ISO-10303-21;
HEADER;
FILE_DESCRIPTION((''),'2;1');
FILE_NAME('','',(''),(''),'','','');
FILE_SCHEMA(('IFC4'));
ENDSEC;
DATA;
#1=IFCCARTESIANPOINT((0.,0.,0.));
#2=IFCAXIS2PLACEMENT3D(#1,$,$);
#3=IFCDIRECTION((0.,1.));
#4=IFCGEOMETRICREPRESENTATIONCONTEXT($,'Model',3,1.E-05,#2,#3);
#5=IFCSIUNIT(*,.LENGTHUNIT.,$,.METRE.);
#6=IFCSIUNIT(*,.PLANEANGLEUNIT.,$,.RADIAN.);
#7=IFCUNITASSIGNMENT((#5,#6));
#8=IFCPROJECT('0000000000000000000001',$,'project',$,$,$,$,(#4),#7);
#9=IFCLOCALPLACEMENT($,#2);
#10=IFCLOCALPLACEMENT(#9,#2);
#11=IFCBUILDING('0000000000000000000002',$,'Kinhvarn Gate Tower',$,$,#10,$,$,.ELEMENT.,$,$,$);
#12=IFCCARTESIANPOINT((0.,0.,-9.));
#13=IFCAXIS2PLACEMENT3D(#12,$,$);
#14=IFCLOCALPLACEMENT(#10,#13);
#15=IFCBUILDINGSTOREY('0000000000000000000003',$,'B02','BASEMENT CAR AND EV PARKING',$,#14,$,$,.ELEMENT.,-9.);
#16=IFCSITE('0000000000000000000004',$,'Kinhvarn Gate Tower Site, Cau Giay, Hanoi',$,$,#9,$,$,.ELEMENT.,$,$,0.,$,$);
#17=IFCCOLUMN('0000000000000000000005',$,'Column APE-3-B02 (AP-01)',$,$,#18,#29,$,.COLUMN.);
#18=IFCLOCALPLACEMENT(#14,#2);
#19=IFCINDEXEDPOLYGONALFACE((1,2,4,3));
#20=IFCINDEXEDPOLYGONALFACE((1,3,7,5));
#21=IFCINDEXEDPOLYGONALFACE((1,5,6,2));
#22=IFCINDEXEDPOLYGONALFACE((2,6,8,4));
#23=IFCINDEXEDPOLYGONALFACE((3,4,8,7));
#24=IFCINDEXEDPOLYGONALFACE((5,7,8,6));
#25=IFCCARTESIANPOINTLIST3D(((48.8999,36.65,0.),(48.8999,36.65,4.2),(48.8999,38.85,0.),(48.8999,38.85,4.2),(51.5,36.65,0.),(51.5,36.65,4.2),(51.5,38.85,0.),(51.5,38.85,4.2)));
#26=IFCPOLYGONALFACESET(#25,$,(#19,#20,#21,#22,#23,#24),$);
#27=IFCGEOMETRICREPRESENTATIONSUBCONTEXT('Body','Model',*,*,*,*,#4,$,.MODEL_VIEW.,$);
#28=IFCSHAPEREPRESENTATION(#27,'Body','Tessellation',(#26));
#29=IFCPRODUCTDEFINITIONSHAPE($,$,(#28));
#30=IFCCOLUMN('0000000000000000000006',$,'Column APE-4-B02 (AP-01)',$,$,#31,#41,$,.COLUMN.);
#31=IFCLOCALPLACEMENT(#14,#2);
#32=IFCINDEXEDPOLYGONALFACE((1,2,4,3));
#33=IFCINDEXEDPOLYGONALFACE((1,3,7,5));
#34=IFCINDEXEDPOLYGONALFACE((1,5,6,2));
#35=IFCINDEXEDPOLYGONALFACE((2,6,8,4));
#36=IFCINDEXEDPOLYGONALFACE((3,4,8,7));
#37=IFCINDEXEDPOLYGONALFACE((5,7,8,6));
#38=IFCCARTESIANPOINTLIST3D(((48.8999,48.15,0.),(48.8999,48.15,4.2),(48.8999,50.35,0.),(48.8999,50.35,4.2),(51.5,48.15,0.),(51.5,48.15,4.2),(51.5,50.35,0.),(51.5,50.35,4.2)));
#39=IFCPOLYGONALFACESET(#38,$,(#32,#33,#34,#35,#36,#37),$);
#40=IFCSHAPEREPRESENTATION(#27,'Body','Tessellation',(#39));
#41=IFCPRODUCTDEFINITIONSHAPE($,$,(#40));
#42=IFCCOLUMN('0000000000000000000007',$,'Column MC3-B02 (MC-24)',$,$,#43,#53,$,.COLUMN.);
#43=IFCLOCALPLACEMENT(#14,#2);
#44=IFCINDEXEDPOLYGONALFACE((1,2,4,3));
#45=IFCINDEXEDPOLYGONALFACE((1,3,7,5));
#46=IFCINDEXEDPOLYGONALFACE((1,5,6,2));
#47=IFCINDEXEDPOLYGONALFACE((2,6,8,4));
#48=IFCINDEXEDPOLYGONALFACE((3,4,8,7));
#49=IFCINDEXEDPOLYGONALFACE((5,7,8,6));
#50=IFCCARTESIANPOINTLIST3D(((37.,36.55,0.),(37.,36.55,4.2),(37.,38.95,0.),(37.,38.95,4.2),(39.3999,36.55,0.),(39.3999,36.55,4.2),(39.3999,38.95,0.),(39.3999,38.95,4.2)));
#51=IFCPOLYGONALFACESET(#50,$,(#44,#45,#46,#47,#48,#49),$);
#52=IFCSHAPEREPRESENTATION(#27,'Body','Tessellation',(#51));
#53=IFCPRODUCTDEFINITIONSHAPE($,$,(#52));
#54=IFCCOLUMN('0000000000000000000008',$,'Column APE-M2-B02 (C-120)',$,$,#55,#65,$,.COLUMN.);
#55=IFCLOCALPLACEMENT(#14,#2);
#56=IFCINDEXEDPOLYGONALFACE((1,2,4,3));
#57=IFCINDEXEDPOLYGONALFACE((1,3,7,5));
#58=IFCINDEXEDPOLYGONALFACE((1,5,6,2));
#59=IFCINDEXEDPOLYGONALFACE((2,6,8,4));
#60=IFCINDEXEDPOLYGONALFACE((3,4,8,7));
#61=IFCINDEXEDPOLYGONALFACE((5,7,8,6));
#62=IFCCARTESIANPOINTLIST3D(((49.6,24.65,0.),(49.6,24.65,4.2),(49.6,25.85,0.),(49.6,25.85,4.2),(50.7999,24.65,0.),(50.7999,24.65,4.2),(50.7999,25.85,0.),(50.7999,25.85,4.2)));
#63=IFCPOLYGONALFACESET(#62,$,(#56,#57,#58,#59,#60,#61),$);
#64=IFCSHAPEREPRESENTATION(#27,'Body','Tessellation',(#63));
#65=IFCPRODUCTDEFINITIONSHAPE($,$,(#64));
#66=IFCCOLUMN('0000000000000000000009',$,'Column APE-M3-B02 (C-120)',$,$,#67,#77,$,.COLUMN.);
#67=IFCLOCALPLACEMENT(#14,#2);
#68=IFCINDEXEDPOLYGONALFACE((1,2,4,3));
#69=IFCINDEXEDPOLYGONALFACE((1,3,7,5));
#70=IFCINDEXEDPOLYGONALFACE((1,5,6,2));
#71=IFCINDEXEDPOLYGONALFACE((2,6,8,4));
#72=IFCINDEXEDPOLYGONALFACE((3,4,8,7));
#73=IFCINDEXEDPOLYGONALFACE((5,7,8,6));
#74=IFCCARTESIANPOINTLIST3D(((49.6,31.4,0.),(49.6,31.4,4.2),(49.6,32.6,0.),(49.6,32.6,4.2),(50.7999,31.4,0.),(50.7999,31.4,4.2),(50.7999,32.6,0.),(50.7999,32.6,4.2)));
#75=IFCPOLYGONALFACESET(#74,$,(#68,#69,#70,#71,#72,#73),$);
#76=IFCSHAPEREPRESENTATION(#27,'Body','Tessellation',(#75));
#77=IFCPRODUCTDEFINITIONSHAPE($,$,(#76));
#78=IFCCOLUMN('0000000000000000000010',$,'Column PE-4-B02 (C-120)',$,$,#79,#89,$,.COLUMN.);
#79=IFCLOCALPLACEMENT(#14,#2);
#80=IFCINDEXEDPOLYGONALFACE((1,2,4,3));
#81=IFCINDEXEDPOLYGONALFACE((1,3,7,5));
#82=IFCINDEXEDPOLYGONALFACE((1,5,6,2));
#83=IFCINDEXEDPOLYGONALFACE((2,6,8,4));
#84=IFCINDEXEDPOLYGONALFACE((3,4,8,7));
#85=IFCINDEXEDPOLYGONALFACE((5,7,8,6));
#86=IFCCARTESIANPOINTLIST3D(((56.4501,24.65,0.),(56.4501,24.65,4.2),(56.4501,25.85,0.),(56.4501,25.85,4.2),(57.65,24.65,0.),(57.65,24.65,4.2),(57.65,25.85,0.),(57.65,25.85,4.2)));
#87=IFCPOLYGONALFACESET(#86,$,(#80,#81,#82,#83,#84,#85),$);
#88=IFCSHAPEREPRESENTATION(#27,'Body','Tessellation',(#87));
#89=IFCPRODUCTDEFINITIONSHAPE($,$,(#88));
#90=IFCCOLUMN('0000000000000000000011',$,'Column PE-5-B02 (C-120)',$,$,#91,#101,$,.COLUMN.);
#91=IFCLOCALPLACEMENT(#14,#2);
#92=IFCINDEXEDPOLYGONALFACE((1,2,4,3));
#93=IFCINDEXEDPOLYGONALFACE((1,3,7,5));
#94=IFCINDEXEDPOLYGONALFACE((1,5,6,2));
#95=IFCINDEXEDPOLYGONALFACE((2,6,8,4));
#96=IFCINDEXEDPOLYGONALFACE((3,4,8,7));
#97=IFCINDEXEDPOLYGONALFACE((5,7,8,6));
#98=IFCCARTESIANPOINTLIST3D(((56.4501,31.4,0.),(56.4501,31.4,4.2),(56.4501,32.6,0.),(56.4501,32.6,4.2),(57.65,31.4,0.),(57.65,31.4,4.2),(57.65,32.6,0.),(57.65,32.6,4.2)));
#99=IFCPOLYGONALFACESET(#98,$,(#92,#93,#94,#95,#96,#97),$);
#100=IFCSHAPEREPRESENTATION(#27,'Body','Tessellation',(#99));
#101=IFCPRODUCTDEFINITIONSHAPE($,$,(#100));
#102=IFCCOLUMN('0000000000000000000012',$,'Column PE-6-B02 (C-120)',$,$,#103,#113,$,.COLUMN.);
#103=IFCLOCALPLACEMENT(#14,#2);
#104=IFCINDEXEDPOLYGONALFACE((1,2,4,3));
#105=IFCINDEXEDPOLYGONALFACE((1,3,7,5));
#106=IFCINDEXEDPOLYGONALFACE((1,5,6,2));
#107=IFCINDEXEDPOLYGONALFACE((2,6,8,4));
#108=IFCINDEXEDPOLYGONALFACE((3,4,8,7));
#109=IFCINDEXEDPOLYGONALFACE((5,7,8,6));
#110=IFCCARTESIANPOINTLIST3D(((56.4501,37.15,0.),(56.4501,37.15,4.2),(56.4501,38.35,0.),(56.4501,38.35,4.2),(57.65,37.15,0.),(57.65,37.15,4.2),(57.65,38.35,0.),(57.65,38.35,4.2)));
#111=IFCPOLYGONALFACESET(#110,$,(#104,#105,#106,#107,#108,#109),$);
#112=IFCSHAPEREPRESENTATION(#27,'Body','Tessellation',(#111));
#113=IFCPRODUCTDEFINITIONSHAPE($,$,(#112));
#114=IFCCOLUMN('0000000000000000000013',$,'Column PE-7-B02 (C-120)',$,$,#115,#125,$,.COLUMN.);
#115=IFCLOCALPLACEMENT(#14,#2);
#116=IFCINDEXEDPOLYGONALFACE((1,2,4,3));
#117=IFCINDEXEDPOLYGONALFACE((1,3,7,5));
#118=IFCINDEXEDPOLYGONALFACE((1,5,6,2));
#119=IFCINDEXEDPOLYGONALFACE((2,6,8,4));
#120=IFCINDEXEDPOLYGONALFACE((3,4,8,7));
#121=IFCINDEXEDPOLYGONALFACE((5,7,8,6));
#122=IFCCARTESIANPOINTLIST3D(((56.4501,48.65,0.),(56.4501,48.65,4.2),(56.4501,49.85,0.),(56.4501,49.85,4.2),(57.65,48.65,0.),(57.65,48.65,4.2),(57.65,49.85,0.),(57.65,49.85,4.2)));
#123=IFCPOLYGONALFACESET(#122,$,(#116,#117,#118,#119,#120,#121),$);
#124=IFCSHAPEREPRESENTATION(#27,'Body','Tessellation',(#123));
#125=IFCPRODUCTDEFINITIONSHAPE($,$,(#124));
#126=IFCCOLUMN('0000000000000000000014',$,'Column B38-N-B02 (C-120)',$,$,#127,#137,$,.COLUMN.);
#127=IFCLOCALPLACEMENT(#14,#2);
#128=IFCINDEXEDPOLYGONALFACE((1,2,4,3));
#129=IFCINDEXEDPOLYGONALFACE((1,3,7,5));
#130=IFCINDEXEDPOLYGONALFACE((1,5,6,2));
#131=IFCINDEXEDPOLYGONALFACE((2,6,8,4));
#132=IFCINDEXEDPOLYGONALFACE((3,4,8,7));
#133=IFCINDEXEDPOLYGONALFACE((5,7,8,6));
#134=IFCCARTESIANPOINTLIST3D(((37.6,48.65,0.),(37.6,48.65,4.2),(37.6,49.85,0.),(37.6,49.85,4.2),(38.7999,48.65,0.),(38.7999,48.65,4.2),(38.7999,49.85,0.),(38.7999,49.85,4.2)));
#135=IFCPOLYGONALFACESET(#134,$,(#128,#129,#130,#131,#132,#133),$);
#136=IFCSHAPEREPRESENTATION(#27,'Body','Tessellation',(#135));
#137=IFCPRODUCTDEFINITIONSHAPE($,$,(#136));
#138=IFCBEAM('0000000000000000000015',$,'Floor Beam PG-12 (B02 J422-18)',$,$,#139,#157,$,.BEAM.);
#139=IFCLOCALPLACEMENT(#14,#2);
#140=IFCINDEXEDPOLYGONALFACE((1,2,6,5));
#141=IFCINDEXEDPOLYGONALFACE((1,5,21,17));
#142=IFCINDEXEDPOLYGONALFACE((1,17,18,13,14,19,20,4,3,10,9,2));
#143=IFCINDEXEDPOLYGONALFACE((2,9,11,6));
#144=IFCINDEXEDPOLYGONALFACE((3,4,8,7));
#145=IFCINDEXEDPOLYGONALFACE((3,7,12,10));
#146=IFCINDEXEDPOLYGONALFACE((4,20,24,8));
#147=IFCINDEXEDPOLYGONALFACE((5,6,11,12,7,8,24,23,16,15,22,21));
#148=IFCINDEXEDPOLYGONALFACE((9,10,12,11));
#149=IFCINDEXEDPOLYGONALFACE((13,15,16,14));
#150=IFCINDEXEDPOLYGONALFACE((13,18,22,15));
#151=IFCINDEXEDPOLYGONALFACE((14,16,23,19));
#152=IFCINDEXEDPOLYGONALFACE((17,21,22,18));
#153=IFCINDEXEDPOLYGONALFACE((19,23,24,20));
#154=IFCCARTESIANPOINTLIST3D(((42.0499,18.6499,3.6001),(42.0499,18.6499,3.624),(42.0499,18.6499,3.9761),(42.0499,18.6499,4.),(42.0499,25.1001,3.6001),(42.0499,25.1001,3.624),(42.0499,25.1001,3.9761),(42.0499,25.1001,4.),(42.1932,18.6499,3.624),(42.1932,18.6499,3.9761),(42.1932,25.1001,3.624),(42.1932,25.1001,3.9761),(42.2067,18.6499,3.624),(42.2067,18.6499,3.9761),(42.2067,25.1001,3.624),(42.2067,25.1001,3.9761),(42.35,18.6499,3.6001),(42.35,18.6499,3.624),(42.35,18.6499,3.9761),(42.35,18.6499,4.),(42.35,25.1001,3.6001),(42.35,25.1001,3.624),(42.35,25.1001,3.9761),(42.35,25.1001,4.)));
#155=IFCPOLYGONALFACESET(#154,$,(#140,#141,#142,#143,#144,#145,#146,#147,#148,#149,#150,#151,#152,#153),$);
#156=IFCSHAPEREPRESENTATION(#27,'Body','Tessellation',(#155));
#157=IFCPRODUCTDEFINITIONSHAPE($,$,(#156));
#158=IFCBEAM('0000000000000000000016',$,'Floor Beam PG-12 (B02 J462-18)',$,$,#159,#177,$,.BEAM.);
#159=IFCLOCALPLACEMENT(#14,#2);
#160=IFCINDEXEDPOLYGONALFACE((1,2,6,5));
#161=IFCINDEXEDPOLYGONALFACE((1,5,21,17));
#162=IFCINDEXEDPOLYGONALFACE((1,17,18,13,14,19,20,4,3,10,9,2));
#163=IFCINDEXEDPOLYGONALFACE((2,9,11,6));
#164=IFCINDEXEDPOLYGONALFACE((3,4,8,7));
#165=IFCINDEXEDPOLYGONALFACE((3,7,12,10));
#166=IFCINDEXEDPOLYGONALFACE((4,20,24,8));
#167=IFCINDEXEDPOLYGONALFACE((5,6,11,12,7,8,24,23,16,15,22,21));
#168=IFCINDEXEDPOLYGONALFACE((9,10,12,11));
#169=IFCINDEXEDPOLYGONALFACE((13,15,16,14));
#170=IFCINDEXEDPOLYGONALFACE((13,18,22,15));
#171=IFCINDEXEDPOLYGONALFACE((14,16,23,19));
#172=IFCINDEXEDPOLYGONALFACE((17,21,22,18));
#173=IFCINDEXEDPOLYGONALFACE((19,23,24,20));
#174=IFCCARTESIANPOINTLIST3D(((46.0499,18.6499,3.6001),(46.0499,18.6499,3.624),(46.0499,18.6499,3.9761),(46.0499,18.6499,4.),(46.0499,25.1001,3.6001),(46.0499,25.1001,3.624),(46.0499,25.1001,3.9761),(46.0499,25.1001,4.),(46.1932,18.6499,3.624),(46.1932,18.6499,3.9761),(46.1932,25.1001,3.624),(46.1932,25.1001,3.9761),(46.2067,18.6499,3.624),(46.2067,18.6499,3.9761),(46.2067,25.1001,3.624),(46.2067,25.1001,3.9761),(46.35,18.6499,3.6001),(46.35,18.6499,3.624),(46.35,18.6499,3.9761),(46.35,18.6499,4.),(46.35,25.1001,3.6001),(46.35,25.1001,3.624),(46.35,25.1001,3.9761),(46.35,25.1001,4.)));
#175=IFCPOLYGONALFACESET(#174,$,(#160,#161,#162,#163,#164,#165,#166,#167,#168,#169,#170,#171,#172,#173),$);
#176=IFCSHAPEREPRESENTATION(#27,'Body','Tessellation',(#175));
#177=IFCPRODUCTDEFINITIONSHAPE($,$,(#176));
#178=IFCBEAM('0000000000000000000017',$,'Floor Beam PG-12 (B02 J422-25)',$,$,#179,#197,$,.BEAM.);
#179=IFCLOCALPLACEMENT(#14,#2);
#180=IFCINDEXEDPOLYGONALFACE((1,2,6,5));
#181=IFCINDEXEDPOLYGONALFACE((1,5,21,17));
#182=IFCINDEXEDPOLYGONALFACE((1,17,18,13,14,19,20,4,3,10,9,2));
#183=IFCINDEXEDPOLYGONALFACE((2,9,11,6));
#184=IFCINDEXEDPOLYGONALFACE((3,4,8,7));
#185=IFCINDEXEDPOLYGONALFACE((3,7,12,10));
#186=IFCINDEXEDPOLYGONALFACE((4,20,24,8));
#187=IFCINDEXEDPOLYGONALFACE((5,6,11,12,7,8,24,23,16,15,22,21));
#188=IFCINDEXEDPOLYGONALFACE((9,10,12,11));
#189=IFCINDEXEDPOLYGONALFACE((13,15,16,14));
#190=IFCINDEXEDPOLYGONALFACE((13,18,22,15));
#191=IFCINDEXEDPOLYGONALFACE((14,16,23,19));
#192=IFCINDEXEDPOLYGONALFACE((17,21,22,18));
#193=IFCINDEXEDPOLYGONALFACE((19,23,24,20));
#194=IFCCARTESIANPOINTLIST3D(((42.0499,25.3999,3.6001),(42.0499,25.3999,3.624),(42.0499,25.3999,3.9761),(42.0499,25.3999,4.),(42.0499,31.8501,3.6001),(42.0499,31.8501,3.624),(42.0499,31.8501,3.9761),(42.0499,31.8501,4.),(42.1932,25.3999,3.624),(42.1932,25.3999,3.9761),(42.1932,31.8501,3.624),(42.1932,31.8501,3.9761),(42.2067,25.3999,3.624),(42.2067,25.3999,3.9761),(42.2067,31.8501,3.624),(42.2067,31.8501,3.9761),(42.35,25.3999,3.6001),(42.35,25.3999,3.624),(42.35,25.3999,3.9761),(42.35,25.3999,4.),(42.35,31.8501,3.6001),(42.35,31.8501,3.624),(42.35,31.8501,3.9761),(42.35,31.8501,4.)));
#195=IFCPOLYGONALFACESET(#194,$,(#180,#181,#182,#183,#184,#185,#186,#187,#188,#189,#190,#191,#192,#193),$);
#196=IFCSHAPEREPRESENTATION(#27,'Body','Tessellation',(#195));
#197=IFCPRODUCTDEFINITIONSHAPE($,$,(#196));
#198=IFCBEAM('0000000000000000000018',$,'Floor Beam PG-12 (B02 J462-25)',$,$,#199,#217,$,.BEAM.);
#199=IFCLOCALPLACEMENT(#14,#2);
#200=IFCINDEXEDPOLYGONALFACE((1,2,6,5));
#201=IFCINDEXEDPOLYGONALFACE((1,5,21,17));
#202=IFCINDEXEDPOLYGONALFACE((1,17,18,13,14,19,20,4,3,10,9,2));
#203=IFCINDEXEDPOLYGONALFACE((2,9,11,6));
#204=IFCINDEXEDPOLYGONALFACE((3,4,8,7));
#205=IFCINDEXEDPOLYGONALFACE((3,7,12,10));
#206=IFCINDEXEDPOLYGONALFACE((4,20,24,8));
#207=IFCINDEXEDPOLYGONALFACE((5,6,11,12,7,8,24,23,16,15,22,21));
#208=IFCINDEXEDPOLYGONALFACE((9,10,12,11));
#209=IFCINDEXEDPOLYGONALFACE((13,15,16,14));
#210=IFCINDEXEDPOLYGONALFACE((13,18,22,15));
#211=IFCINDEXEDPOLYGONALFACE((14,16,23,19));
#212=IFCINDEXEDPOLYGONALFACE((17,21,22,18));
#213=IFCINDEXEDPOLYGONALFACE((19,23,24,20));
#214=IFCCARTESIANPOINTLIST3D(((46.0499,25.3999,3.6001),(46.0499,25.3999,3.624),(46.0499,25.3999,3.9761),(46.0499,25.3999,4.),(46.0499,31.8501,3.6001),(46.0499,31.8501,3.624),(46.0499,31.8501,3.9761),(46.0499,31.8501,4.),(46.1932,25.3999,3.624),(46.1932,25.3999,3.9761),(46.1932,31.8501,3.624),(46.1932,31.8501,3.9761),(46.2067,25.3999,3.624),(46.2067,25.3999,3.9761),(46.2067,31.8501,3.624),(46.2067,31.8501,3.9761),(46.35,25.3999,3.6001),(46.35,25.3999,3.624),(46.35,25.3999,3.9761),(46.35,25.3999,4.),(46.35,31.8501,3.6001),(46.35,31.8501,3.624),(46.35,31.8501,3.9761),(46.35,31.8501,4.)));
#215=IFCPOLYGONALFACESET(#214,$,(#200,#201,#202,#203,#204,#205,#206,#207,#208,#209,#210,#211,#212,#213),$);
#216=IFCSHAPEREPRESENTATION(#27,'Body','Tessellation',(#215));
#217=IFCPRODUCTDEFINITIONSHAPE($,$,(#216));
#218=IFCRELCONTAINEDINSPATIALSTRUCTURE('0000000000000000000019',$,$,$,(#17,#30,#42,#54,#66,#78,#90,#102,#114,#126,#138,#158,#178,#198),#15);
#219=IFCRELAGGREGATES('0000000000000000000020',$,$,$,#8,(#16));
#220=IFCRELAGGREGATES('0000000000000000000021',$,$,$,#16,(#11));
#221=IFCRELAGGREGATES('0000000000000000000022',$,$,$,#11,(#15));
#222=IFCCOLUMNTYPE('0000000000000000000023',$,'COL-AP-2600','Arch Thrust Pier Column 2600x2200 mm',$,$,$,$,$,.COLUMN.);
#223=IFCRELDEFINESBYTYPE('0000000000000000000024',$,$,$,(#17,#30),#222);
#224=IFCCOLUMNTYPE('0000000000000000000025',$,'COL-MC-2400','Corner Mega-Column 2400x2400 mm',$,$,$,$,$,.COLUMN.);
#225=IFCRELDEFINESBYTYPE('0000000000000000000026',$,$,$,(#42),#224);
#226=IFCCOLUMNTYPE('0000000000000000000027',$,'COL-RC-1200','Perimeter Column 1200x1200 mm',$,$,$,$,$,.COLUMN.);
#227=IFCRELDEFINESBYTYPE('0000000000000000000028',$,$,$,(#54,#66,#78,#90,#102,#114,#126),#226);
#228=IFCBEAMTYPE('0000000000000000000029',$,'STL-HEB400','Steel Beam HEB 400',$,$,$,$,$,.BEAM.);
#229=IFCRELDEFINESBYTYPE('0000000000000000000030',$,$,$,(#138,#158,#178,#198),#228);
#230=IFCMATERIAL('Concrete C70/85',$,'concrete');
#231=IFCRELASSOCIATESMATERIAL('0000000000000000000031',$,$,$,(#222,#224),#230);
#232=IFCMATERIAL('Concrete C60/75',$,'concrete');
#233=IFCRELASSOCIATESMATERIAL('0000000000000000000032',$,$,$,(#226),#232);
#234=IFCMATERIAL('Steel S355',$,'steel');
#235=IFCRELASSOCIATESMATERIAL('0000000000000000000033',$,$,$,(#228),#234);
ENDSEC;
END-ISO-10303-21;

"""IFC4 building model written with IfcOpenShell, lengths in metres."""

from ifc_helpers import new_model, si_unit, direction, frame, origin, origin_2d, place, context, subcontext, project, spatial, rectangle, i_section, extrude, material, material_profile, profile_set, type_object, element, save


model = new_model("IFC4")

# Units and contexts
model_context = context("Model", 3, precision=1e-05, world=origin(), true_north=direction((0.0, 1.0)))
body_context = subcontext(model_context, "Body", "Model", "MODEL_VIEW")
ifc_project = project(units=[si_unit("LENGTHUNIT", "METRE"), si_unit("PLANEANGLEUNIT", "RADIAN")], contexts=[model_context])

# Site, building, storey
site_placement = place(None, origin())
site = spatial("IfcSite", under=ifc_project, at=site_placement, Name="Kinhvarn Gate Tower Site, Cau Giay, Hanoi", CompositionType="ELEMENT", RefElevation=0.0)
building_placement = place(site_placement, origin())
building = spatial("IfcBuilding", under=site, at=building_placement, Name="Kinhvarn Gate Tower", CompositionType="ELEMENT")
storey_placement = place(building_placement, frame((0.0, 0.0, -9.0)))
storey = spatial("IfcBuildingStorey", under=building, at=storey_placement, Name="B02", Description="BASEMENT CAR AND EV PARKING", CompositionType="ELEMENT", Elevation=-9.0)

# Columns
ifc_material_1 = material(Name="Concrete C70/85", Category="concrete")
ifc_material_profile_1 = material_profile(ifc_material_1, rectangle(XDim=2.6001, YDim=2.2, at=origin_2d()), Name="RC 2600x2200")
ifc_profile_set_1 = profile_set([ifc_material_profile_1], Name="Concrete C70/85")
column_type_1 = type_object("IfcColumnType", Name="COL-AP-2600", Description="Arch Thrust Pier Column 2600x2200 mm", PredefinedType="COLUMN", material=ifc_profile_set_1)
for number, where, z_axis, x_axis, name in (
    (1, (50.2, 37.75, 0.0), (0.0, 0.0, 1.0), (1.0, 0.0, 0.0), "Column APE-3-B02 (AP-01)"),
    (2, (50.2, 49.25, 0.0), (0.0, 0.0, 1.0), (1.0, 0.0, 0.0), "Column APE-4-B02 (AP-01)"),
):
    element("IfcColumn", number, at=place(storey_placement, frame(where, z_axis=z_axis, x_axis=x_axis)), inside=storey, type_object=column_type_1, Name=name, PredefinedType="COLUMN", context=body_context, shape_type="SweptSolid", body=[
        extrude(rectangle(XDim=2.6001, YDim=2.2, at=origin_2d()), origin(), (0.0, 0.0, 1.0), 4.2),
    ])
ifc_material_profile_2 = material_profile(ifc_material_1, rectangle(XDim=2.3999, YDim=2.3999, at=origin_2d()), Name="RC 2400x2400")
ifc_profile_set_2 = profile_set([ifc_material_profile_2], Name="Concrete C70/85")
column_type_2 = type_object("IfcColumnType", Name="COL-MC-2400", Description="Corner Mega-Column 2400x2400 mm", PredefinedType="COLUMN", material=ifc_profile_set_2)
column_placement = place(storey_placement, frame((38.2, 37.75, 0.0), z_axis=(0.0, 0.0, 1.0), x_axis=(1.0, 0.0, 0.0)))
element("IfcColumn", 3, at=column_placement, inside=storey, type_object=column_type_2, Name="Column MC3-B02 (MC-24)", PredefinedType="COLUMN", context=body_context, shape_type="SweptSolid", body=[
    extrude(rectangle(XDim=2.3999, YDim=2.3999, at=origin_2d()), origin(), (0.0, 0.0, 1.0), 4.2),
])
ifc_material_2 = material(Name="Concrete C60/75", Category="concrete")
ifc_material_profile_3 = material_profile(ifc_material_2, rectangle(XDim=1.2, YDim=1.2, at=origin_2d()), Name="RC 1200x1200")
ifc_profile_set_3 = profile_set([ifc_material_profile_3], Name="Concrete C60/75")
column_type_3 = type_object("IfcColumnType", Name="COL-RC-1200", Description="Perimeter Column 1200x1200 mm", PredefinedType="COLUMN", material=ifc_profile_set_3)
for number, where, z_axis, x_axis, name in (
    (4, (50.2, 25.25, 0.0), (0.0, 0.0, 1.0), (1.0, 0.0, 0.0), "Column APE-M2-B02 (C-120)"),
    (5, (50.2, 32.0, 0.0), (0.0, 0.0, 1.0), (1.0, 0.0, 0.0), "Column APE-M3-B02 (C-120)"),
    (6, (57.05, 25.25, 0.0), (0.0, 0.0, 1.0), (1.0, 0.0, 0.0), "Column PE-4-B02 (C-120)"),
    (7, (57.05, 32.0, 0.0), (0.0, 0.0, 1.0), (1.0, 0.0, 0.0), "Column PE-5-B02 (C-120)"),
    (8, (57.05, 37.75, 0.0), (0.0, 0.0, 1.0), (1.0, 0.0, 0.0), "Column PE-6-B02 (C-120)"),
    (9, (57.05, 49.25, 0.0), (0.0, 0.0, 1.0), (1.0, 0.0, 0.0), "Column PE-7-B02 (C-120)"),
    (10, (38.2, 49.25, 0.0), (0.0, 0.0, 1.0), (1.0, 0.0, 0.0), "Column B38-N-B02 (C-120)"),
):
    element("IfcColumn", number, at=place(storey_placement, frame(where, z_axis=z_axis, x_axis=x_axis)), inside=storey, type_object=column_type_3, Name=name, PredefinedType="COLUMN", context=body_context, shape_type="SweptSolid", body=[
        extrude(rectangle(XDim=1.2, YDim=1.2, at=origin_2d()), origin(), (0.0, 0.0, 1.0), 4.2),
    ])

# Beams
ifc_material_3 = material(Name="Steel S355", Category="steel")
ifc_material_profile_4 = material_profile(ifc_material_3, i_section(OverallWidth=0.3, OverallDepth=0.3999, WebThickness=0.0134, FlangeThickness=0.0239, at=origin_2d()), Name="HEB 400")
ifc_profile_set_4 = profile_set([ifc_material_profile_4], Name="Steel S355")
beam_type_1 = type_object("IfcBeamType", Name="STL-HEB400", Description="Steel Beam HEB 400", PredefinedType="BEAM", material=ifc_profile_set_4)
for number, where, z_axis, x_axis, name in (
    (11, (42.2, 18.6499, 3.8), (0.0, 1.0, 0.0), (-1.0, 0.0, 0.0), "Floor Beam PG-12 (B02 J422-18)"),
    (12, (46.2, 18.6499, 3.8), (0.0, 1.0, 0.0), (-1.0, 0.0, 0.0), "Floor Beam PG-12 (B02 J462-18)"),
    (13, (42.2, 25.3999, 3.8), (0.0, 1.0, 0.0), (-1.0, 0.0, 0.0), "Floor Beam PG-12 (B02 J422-25)"),
    (14, (46.2, 25.3999, 3.8), (0.0, 1.0, 0.0), (-1.0, 0.0, 0.0), "Floor Beam PG-12 (B02 J462-25)"),
):
    element("IfcBeam", number, at=place(storey_placement, frame(where, z_axis=z_axis, x_axis=x_axis)), inside=storey, type_object=beam_type_1, Name=name, PredefinedType="BEAM", context=body_context, shape_type="SweptSolid", body=[
        extrude(i_section(OverallWidth=0.3, OverallDepth=0.3999, WebThickness=0.0134, FlangeThickness=0.0239, at=origin_2d()), origin(), (0.0, 0.0, 1.0), 6.4502),
    ])

save(model, "model.ifc")
